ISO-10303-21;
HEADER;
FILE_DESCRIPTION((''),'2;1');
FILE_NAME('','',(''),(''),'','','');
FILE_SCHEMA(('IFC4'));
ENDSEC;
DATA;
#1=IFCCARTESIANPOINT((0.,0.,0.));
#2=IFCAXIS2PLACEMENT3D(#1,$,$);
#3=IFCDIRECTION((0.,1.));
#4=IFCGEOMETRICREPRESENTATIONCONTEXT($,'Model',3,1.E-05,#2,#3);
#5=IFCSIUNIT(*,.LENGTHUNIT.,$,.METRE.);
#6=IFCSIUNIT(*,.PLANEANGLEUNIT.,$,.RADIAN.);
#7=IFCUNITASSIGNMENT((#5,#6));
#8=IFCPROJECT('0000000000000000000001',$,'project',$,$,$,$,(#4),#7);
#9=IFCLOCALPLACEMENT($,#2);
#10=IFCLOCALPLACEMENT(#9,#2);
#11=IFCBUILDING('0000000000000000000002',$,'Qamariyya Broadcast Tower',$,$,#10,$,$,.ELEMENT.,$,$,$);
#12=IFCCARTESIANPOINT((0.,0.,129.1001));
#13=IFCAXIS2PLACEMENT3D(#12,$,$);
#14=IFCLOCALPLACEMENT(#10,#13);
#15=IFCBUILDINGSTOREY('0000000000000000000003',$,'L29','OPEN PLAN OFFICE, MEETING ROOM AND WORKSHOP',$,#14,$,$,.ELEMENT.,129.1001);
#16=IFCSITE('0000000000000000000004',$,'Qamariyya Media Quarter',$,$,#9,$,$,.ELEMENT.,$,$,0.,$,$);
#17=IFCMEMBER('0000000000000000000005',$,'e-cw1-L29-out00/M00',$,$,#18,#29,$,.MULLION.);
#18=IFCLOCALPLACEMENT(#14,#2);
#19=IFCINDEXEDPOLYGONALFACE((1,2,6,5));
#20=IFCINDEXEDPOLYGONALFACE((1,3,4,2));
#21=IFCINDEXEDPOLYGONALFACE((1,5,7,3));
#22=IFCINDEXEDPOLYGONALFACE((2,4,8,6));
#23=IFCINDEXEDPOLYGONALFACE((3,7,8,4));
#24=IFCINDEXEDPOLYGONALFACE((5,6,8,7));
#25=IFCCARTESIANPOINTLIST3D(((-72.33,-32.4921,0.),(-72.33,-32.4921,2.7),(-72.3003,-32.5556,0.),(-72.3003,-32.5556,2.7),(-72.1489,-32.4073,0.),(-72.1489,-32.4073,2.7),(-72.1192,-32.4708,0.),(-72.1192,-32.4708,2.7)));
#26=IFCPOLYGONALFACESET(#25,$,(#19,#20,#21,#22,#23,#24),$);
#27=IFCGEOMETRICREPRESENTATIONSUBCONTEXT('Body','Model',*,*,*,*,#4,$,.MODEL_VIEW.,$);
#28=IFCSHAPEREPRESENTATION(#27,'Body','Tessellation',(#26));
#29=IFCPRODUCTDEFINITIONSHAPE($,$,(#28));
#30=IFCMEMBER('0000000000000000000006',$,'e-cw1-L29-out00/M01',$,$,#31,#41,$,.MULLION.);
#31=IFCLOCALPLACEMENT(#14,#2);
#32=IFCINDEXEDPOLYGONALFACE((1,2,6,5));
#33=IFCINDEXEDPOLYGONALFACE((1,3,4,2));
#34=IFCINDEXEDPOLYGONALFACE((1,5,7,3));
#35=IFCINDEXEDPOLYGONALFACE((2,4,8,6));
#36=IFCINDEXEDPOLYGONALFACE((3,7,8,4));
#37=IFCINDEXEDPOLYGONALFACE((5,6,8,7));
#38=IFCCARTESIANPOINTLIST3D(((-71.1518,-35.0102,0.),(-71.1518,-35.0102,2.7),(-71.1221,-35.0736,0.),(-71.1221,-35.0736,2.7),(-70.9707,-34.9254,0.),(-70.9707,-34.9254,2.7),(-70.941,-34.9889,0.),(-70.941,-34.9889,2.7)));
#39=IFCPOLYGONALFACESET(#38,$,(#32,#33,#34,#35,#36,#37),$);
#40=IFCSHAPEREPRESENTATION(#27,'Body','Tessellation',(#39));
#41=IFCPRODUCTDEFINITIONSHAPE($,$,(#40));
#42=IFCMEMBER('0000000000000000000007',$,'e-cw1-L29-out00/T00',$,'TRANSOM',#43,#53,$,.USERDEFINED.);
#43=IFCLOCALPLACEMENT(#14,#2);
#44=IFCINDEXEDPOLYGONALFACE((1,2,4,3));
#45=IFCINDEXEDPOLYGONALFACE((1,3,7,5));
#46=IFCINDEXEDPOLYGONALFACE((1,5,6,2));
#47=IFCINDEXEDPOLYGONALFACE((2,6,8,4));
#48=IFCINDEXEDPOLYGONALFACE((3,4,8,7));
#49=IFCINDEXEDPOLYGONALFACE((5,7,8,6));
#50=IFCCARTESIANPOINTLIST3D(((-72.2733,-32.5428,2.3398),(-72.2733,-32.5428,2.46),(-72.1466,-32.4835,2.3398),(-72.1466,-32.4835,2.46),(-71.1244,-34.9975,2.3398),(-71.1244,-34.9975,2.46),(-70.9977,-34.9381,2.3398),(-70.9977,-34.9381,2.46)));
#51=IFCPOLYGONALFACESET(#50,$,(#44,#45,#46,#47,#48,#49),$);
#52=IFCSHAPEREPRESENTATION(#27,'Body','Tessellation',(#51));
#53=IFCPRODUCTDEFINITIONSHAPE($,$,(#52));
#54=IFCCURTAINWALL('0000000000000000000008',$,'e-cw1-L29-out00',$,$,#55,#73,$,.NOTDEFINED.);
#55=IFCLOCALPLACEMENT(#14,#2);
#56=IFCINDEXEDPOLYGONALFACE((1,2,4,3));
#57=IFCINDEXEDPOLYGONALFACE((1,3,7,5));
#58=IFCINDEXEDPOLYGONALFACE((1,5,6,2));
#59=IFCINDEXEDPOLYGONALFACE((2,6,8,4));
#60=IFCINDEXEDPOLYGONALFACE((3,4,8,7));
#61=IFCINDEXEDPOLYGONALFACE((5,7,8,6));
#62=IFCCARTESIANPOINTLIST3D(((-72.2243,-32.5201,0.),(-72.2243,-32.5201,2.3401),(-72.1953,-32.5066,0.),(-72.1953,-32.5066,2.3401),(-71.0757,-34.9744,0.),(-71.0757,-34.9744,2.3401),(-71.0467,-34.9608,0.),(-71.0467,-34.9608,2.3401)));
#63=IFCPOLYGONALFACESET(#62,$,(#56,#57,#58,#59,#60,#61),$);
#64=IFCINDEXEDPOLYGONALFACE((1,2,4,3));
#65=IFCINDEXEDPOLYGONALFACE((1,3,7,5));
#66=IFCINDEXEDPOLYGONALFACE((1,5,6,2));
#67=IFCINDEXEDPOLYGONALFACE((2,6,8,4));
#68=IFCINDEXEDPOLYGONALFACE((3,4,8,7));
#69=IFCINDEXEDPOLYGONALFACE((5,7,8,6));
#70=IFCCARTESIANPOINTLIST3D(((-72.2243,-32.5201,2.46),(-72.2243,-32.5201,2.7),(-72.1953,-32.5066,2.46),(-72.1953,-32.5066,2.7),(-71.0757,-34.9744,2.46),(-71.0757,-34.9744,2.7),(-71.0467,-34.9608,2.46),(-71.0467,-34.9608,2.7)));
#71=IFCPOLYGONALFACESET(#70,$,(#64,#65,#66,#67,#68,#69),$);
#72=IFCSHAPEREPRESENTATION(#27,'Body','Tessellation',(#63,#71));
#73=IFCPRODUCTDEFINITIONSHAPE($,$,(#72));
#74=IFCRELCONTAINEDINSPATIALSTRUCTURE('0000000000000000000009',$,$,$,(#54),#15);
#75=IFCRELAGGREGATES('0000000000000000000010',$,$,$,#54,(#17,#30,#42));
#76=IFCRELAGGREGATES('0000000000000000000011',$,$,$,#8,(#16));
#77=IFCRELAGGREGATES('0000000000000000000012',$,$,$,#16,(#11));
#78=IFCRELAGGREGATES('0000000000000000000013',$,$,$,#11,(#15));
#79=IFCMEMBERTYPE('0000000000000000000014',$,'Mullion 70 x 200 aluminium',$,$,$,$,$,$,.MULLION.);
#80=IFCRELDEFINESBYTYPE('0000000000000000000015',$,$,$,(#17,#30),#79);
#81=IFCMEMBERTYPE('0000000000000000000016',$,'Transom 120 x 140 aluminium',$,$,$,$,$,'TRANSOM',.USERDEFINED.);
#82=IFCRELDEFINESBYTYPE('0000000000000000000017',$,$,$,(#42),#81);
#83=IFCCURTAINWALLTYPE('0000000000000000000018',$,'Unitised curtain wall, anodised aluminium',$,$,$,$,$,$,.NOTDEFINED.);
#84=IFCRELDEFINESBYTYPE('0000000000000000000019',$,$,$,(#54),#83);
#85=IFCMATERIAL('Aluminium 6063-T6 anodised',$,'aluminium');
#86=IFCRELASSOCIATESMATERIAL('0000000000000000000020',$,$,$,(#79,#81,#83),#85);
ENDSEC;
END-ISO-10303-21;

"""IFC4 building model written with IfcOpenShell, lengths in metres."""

from ifc_helpers import new_model, si_unit, direction, frame, origin, origin_2d, place, context, subcontext, project, spatial, rectangle, extrude, material, material_profile, profile_set, type_object, element, aggregate, save


model = new_model("IFC4")

# Units and contexts
model_context = context("Model", 3, precision=1e-05, world=origin(), true_north=direction((0.0, 1.0)))
body_context = subcontext(model_context, "Body", "Model", "MODEL_VIEW")
ifc_project = project(units=[si_unit("LENGTHUNIT", "METRE"), si_unit("PLANEANGLEUNIT", "RADIAN")], contexts=[model_context])

# Members
ifc_material = material(Name="Aluminium 6063-T6 anodised", Category="aluminium")
ifc_material_profile_1 = material_profile(ifc_material, rectangle(XDim=0.2, YDim=0.0701, at=origin_2d()))
ifc_profile_set_1 = profile_set([ifc_material_profile_1], Name="Aluminium 6063-T6 anodised")
member_type_1 = type_object("IfcMemberType", Name="Mullion 70 x 200 aluminium", PredefinedType="MULLION", material=ifc_profile_set_1)
site_placement = place(None, origin())
building_placement = place(site_placement, origin())
storey_placement = place(building_placement, frame((0.0, 0.0, 129.1001)))
member_1_placement = place(storey_placement, frame((-72.2246, -32.4814, 0.0), z_axis=(0.0, 0.0, 1.0), x_axis=(0.905708, 0.423903, 0.0)))
member_1 = element("IfcMember", 1, at=member_1_placement, type_object=member_type_1, Name="e-cw1-L29-out00/M00", PredefinedType="MULLION", context=body_context, shape_type="SweptSolid", body=[
    extrude(rectangle(XDim=0.2, YDim=0.0701, at=origin_2d()), origin(), (0.0, 0.0, 1.0), 2.7),
])
member_2_placement = place(storey_placement, frame((-71.0464, -34.9995, 0.0), z_axis=(0.0, 0.0, 1.0), x_axis=(0.905708, 0.423903, 0.0)))
member_2 = element("IfcMember", 2, at=member_2_placement, type_object=member_type_1, Name="e-cw1-L29-out00/M01", PredefinedType="MULLION", context=body_context, shape_type="SweptSolid", body=[
    extrude(rectangle(XDim=0.2, YDim=0.0701, at=origin_2d()), origin(), (0.0, 0.0, 1.0), 2.7),
])
ifc_material_profile_2 = material_profile(ifc_material, rectangle(XDim=0.1399, YDim=0.1201, at=origin_2d()))
ifc_profile_set_2 = profile_set([ifc_material_profile_2], Name="Aluminium 6063-T6 anodised")
member_type_2 = type_object("IfcMemberType", Name="Transom 120 x 140 aluminium", ElementType="TRANSOM", PredefinedType="USERDEFINED", material=ifc_profile_set_2)
member_3_placement = place(storey_placement, frame((-72.21, -32.5132, 2.3999), z_axis=(0.423931, -0.905695, 0.0), x_axis=(0.905695, 0.423931, 0.0)))
member_3 = element("IfcMember", 3, at=member_3_placement, type_object=member_type_2, Name="e-cw1-L29-out00/T00", ObjectType="TRANSOM", PredefinedType="USERDEFINED", context=body_context, shape_type="SweptSolid", body=[
    extrude(rectangle(XDim=0.1399, YDim=0.1201, at=origin_2d()), origin(), (0.0, 0.0, 1.0), 2.7102),
])

# Site, building, storey
site = spatial("IfcSite", under=ifc_project, at=site_placement, Name="Qamariyya Media Quarter", CompositionType="ELEMENT", RefElevation=0.0)
building = spatial("IfcBuilding", under=site, at=building_placement, Name="Qamariyya Broadcast Tower", CompositionType="ELEMENT")
storey = spatial("IfcBuildingStorey", under=building, at=storey_placement, Name="L29", Description="OPEN PLAN OFFICE, MEETING ROOM AND WORKSHOP", CompositionType="ELEMENT", Elevation=129.1001)

# Curtain wall
curtain_wall_type = type_object("IfcCurtainWallType", Name="Unitised curtain wall, anodised aluminium", PredefinedType="NOTDEFINED", material=ifc_material)
curtain_wall_1_placement = place(storey_placement, origin())
curtain_wall_1 = element("IfcCurtainWall", 4, at=curtain_wall_1_placement, inside=storey, type_object=curtain_wall_type, Name="e-cw1-L29-out00", PredefinedType="NOTDEFINED", context=body_context, shape_type="SweptSolid", body=[
    extrude(rectangle(XDim=2.7097, YDim=0.032, at=origin_2d()), frame((-71.6355, -33.7405, 0.0), x_axis=(0.423898, -0.90571, 0.0)), (0.0, 0.0, 1.0), 2.3401),
    extrude(rectangle(XDim=2.7097, YDim=0.032, at=origin_2d()), frame((-71.6355, -33.7405, 2.46), x_axis=(0.423898, -0.90571, 0.0)), (0.0, 0.0, 1.0), 0.24),
])
aggregate(curtain_wall_1, [member_1, member_2, member_3])

save(model, "model.ifc")
